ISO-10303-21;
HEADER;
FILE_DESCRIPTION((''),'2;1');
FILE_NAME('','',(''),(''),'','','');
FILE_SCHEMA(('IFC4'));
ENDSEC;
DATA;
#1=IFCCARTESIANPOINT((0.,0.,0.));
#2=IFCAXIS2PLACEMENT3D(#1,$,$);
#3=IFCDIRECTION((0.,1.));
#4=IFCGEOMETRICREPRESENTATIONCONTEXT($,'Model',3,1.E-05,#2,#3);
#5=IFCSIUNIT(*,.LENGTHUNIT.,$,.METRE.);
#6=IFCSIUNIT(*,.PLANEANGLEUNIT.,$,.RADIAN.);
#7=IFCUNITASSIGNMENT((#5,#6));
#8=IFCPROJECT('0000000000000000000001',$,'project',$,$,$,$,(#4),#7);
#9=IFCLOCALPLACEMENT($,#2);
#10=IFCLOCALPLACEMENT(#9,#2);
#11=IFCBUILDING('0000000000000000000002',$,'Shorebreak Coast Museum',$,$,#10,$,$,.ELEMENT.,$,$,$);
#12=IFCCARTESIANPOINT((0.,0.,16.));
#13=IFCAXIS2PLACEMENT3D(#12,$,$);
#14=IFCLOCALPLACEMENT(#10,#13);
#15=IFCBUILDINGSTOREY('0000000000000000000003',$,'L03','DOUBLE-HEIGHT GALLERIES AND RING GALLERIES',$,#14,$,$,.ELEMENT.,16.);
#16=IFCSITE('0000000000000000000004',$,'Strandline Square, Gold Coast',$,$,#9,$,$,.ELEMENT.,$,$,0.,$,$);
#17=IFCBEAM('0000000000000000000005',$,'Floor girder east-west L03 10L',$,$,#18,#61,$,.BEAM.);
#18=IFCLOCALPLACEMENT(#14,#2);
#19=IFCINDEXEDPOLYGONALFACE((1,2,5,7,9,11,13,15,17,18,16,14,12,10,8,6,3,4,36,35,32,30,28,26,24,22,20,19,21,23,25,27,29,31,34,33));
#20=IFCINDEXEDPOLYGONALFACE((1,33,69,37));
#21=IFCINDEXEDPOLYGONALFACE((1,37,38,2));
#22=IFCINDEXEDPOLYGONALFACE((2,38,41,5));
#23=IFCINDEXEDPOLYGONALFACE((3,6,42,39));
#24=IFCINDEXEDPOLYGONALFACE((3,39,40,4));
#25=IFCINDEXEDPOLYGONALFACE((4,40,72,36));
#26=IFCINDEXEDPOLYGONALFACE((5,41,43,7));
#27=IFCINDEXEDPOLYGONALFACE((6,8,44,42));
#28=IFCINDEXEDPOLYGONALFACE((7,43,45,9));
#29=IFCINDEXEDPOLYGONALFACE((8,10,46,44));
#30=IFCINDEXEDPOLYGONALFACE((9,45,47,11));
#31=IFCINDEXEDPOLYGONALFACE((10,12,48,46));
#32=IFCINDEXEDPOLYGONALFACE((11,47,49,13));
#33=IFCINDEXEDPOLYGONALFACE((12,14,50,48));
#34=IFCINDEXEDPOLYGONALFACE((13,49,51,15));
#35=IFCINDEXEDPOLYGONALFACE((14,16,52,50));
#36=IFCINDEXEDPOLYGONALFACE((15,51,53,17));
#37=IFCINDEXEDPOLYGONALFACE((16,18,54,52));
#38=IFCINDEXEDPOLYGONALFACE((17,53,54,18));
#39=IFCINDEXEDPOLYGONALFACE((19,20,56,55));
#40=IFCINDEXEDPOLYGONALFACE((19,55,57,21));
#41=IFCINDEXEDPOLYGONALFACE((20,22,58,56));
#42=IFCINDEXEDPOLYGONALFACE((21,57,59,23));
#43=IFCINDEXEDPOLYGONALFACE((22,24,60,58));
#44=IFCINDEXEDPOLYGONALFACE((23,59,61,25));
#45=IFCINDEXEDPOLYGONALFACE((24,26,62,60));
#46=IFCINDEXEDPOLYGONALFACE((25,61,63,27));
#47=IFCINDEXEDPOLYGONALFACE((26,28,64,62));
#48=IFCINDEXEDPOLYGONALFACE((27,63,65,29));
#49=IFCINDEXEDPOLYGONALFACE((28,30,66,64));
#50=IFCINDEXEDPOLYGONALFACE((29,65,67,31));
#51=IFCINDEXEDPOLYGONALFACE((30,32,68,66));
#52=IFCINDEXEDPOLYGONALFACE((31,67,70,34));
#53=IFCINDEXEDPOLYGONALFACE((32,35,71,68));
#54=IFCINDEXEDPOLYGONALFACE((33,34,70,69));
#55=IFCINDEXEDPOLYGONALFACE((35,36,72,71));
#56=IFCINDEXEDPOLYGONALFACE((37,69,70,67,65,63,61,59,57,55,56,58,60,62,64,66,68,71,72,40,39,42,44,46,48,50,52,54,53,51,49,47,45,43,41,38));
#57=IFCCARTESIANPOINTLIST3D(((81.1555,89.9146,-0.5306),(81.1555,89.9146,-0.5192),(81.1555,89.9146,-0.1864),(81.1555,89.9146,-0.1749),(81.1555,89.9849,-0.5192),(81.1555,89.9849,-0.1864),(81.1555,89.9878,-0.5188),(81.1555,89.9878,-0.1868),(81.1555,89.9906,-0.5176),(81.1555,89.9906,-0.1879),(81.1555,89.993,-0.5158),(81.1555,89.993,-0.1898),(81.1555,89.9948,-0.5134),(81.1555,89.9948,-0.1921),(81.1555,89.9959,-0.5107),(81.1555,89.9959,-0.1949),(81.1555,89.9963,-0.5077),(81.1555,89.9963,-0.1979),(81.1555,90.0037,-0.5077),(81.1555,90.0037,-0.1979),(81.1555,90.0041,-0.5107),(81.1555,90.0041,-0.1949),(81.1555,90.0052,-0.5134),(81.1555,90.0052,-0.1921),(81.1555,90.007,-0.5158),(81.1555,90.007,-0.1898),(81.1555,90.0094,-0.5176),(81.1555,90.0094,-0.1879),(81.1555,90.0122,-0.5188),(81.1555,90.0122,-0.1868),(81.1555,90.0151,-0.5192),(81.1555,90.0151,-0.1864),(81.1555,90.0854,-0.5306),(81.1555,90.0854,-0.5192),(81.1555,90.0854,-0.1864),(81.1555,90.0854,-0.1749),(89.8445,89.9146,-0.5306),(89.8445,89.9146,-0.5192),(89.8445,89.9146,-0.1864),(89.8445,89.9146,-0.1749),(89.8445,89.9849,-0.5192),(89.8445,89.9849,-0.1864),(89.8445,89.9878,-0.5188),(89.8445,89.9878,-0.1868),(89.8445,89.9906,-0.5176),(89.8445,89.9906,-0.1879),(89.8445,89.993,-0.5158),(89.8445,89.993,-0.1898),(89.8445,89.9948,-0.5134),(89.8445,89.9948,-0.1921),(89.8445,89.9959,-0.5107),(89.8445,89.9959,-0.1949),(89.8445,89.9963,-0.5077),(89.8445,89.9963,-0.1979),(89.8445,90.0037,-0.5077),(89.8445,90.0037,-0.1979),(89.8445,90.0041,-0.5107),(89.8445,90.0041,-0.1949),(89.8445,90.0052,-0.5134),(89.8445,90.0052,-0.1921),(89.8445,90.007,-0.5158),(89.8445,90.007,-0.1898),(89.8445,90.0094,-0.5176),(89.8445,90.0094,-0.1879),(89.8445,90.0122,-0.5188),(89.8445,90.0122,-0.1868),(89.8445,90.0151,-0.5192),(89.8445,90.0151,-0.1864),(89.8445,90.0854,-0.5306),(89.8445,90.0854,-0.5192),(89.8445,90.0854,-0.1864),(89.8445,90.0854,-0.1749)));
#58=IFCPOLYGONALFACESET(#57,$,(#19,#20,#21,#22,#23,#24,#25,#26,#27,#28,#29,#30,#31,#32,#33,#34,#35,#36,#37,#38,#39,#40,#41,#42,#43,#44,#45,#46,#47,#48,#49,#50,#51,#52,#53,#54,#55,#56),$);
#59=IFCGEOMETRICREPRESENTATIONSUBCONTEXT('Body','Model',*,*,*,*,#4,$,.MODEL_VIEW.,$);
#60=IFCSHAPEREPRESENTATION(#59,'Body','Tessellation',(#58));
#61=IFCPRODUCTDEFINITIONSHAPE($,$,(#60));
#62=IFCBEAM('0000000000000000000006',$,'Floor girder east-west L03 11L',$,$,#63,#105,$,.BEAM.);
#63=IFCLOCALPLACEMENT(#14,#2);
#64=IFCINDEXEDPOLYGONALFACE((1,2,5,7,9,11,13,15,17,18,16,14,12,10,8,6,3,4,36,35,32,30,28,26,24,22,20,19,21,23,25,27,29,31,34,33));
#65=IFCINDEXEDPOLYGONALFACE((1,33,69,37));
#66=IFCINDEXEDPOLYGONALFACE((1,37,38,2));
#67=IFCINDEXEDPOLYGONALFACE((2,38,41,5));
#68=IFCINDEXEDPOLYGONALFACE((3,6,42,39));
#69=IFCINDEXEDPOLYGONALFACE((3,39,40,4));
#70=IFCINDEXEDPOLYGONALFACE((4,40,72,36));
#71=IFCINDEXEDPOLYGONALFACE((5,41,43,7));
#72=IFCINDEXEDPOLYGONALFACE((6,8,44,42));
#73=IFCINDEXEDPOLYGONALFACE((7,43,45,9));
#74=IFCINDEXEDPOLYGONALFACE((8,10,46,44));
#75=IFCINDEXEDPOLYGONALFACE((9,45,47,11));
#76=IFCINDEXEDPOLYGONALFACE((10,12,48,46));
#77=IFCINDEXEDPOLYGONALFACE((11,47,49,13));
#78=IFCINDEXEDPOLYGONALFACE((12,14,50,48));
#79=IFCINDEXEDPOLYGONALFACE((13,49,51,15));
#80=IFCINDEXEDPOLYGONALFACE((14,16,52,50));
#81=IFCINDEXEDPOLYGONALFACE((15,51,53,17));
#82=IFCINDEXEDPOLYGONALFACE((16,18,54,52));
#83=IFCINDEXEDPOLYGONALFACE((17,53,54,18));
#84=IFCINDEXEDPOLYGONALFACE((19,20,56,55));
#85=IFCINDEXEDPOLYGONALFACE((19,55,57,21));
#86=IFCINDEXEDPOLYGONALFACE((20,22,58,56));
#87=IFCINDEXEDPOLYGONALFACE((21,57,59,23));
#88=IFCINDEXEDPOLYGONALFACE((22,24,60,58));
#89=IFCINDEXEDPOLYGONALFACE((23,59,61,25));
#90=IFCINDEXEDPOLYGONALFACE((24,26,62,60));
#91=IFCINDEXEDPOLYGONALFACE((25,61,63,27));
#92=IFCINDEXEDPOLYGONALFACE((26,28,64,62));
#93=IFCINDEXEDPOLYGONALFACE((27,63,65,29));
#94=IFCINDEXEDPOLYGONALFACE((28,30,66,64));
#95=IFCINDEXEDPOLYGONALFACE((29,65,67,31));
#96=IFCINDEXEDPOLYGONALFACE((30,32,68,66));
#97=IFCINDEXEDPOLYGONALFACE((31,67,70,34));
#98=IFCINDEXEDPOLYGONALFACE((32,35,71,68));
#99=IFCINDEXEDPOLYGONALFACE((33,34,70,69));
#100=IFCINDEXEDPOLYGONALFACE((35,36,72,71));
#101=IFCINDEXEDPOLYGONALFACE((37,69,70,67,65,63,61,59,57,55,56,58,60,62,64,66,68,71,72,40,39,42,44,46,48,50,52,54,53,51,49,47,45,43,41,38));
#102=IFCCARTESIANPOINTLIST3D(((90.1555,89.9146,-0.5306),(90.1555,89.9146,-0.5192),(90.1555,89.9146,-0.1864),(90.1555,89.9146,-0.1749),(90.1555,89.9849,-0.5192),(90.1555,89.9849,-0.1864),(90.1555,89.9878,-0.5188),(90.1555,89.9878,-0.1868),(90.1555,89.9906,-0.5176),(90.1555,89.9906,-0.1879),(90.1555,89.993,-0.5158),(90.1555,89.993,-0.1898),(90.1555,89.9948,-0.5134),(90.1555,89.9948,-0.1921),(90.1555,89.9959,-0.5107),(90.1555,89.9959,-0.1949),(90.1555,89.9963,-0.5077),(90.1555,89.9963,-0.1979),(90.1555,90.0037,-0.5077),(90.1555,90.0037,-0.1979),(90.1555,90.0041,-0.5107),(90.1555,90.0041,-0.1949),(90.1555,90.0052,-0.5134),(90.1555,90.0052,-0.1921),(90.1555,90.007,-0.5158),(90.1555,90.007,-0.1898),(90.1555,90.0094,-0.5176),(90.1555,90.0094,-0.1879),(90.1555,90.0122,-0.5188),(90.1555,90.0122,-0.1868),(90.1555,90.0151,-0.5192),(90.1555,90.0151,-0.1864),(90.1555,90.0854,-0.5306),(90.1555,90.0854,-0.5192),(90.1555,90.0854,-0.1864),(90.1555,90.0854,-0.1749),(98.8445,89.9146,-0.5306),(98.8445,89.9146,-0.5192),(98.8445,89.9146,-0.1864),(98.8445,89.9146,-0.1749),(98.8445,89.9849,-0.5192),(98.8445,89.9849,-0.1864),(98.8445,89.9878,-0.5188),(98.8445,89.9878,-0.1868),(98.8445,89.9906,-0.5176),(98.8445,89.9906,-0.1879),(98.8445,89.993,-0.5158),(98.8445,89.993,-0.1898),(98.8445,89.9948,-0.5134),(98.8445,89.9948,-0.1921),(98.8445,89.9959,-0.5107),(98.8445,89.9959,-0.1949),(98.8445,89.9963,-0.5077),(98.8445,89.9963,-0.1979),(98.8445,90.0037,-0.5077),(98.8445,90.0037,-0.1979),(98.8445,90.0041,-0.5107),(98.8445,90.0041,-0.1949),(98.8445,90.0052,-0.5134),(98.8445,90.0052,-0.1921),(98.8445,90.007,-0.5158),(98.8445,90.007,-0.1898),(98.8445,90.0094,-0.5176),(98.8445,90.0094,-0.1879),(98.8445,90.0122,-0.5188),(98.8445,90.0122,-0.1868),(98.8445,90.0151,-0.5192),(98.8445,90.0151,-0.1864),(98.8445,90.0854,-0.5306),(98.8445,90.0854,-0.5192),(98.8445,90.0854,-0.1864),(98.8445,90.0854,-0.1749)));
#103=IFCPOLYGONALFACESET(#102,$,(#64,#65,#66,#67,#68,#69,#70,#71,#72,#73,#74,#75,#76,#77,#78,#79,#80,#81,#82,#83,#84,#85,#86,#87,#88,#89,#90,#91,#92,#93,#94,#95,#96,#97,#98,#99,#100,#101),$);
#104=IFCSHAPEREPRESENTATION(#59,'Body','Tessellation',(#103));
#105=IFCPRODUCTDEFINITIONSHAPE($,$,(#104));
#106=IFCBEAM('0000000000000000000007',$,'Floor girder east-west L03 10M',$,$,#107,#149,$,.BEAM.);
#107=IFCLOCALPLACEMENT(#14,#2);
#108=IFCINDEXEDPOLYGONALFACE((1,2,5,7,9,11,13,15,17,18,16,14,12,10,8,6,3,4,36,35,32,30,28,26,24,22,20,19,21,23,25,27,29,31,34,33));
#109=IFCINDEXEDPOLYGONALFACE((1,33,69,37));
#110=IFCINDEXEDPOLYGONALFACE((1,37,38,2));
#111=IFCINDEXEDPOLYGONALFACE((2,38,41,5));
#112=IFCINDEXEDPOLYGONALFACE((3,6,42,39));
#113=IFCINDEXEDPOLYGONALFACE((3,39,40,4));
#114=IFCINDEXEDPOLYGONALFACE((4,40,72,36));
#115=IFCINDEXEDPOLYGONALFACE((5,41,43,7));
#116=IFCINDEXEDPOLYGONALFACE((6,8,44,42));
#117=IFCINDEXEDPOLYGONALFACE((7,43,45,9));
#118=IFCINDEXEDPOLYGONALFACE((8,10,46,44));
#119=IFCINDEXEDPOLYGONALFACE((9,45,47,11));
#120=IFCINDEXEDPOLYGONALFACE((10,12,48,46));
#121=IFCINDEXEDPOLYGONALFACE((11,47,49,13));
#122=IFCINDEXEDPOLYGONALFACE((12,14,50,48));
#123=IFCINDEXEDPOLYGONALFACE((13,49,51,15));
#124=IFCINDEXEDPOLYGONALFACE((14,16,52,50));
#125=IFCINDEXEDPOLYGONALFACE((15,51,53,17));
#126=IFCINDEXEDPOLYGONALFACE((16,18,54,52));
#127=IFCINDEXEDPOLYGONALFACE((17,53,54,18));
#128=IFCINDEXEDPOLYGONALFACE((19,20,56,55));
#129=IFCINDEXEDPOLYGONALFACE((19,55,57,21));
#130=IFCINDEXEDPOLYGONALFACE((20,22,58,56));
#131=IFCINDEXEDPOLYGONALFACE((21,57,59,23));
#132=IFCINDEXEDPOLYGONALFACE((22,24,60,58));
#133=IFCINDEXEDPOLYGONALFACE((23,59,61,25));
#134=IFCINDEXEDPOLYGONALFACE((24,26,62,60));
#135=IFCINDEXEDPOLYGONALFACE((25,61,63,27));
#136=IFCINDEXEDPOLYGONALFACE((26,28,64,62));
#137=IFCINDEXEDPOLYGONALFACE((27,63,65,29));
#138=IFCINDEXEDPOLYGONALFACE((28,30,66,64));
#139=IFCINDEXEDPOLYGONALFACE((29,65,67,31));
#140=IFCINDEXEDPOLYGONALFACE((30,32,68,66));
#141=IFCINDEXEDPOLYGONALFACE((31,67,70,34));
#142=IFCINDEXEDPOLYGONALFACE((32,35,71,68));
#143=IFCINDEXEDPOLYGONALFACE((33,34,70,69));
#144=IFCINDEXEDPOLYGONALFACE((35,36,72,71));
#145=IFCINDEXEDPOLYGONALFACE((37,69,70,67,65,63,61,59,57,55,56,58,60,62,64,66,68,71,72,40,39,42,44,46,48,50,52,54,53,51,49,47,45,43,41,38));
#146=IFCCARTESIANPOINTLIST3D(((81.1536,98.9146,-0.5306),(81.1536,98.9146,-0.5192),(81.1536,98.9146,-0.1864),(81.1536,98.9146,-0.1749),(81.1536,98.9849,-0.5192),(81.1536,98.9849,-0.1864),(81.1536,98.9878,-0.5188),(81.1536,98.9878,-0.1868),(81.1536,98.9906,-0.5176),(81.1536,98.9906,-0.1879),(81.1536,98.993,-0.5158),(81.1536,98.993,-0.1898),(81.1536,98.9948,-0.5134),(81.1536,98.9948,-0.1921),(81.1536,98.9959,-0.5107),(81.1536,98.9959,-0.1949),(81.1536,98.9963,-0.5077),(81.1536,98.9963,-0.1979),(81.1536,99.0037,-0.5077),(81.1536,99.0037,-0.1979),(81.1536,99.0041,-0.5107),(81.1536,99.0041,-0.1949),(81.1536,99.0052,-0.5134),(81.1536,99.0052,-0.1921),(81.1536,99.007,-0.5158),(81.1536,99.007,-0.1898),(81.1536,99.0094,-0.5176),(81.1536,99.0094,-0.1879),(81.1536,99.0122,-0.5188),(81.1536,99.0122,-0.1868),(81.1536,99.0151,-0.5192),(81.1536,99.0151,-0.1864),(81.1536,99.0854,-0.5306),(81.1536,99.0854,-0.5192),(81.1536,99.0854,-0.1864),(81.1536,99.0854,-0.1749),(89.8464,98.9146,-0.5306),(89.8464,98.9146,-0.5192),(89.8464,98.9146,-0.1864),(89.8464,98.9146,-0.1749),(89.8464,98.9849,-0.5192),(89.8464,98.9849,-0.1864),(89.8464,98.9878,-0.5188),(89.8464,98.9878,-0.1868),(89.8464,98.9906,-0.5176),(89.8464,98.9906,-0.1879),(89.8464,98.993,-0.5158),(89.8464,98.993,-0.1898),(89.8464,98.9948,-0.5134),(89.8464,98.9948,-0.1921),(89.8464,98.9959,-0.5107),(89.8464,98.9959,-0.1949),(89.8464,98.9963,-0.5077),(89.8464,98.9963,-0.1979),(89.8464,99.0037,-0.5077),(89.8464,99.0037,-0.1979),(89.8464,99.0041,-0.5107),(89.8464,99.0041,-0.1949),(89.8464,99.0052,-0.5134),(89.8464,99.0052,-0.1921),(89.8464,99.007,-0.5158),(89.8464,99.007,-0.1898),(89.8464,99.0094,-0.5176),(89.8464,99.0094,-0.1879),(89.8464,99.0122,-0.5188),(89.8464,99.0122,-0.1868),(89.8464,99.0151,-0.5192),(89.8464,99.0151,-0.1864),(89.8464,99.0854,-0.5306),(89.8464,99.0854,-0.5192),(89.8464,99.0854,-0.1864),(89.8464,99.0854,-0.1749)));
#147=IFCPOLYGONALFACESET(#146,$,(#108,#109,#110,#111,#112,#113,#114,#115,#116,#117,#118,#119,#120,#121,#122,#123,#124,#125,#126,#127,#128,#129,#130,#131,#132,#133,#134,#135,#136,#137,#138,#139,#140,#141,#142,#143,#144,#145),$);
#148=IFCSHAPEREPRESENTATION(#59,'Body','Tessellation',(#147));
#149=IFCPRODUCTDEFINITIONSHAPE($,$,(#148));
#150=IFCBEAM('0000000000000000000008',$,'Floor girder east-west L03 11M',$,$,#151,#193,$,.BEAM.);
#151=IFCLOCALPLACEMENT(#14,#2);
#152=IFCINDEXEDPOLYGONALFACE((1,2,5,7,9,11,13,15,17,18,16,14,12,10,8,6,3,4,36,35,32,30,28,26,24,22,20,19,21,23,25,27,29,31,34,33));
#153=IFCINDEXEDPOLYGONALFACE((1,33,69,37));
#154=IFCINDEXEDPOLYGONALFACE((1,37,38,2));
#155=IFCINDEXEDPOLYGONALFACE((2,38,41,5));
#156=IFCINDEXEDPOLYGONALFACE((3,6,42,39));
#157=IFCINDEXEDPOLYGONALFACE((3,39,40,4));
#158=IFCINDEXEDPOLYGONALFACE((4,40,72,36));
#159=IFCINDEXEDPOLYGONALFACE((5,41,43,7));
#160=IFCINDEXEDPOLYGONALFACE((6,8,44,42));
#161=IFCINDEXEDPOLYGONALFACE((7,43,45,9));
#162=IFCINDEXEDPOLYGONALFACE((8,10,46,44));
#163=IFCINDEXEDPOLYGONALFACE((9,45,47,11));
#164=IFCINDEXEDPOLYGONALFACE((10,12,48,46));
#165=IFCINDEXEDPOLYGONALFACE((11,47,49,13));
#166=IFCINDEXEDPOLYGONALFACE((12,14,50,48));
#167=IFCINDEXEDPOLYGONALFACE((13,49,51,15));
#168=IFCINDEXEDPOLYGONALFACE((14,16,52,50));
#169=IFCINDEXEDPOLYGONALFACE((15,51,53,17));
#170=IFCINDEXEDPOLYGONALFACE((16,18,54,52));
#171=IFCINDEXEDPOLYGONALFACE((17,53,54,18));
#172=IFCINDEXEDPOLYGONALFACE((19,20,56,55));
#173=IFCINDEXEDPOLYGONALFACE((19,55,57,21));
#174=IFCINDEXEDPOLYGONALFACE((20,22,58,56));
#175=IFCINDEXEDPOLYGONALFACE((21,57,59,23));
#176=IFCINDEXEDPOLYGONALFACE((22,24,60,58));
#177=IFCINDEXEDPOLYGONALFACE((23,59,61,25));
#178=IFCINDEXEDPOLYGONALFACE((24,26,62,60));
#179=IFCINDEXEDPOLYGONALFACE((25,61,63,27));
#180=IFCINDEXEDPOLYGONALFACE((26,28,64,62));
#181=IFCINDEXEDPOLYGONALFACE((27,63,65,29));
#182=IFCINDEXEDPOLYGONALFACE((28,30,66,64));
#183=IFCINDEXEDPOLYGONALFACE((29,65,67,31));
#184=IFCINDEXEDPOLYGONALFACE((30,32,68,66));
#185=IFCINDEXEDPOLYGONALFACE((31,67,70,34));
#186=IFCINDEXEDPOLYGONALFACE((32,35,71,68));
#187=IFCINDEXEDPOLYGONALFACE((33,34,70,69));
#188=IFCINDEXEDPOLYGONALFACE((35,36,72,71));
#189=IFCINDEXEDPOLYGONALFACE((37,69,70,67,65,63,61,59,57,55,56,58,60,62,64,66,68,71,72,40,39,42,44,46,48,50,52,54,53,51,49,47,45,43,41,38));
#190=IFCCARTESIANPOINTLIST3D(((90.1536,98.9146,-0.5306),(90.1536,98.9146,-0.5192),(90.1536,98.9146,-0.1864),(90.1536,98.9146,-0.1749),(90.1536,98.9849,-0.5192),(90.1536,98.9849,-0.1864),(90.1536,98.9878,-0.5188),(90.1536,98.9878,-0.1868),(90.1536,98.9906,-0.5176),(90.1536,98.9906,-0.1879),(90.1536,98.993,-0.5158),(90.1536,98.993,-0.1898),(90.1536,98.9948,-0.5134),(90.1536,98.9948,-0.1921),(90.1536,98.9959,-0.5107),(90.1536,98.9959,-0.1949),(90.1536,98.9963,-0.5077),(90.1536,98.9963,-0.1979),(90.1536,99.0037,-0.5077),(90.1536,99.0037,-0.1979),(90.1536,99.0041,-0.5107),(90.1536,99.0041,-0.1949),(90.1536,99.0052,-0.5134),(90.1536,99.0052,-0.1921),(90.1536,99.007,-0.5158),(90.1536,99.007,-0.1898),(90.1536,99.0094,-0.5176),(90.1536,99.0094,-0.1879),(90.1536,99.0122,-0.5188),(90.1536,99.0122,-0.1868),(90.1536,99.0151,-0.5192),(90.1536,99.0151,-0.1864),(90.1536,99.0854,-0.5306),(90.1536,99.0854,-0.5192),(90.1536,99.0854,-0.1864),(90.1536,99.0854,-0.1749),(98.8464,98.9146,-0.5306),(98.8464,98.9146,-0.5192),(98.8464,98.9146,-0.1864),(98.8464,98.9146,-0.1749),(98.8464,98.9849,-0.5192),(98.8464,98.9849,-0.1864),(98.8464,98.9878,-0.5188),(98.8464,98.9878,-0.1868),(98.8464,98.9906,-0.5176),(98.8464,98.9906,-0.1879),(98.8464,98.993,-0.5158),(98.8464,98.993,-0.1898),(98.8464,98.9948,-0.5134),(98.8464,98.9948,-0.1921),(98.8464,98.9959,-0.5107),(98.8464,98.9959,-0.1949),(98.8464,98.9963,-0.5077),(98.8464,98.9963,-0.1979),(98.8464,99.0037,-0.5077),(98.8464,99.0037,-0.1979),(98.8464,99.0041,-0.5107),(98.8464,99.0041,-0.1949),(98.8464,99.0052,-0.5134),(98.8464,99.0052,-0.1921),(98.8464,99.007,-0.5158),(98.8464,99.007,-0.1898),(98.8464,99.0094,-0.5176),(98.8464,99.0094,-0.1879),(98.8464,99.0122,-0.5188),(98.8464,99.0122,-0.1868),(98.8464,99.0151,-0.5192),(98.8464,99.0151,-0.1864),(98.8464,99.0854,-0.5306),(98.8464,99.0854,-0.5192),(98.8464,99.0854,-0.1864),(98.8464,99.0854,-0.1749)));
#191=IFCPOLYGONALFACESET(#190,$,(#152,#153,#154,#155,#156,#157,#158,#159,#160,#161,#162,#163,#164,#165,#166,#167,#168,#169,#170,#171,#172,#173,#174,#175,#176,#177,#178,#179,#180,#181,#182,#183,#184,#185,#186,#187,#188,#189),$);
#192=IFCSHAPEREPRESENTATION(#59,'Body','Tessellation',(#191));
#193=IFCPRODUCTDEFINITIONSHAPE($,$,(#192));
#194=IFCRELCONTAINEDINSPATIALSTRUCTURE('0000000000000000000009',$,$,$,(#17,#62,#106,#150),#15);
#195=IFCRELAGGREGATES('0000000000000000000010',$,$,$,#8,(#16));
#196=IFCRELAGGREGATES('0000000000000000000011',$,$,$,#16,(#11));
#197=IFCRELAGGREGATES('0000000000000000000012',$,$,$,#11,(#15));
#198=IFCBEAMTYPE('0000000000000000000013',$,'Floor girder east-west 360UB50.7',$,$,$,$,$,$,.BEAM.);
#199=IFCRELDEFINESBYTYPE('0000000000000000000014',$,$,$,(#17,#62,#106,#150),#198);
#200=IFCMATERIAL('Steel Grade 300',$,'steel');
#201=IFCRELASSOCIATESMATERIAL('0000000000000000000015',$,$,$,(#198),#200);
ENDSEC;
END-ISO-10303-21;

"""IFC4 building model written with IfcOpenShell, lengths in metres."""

from ifc_helpers import new_model, si_unit, direction, frame, origin, origin_2d, place, context, subcontext, project, spatial, i_section, extrude, material, material_profile, profile_set, type_object, element, save


model = new_model("IFC4")

# Units and contexts
model_context = context("Model", 3, precision=1e-05, world=origin(), true_north=direction((0.0, 1.0)))
body_context = subcontext(model_context, "Body", "Model", "MODEL_VIEW")
ifc_project = project(units=[si_unit("LENGTHUNIT", "METRE"), si_unit("PLANEANGLEUNIT", "RADIAN")], contexts=[model_context])

# Site, building, storey
site_placement = place(None, origin())
site = spatial("IfcSite", under=ifc_project, at=site_placement, Name="Strandline Square, Gold Coast", CompositionType="ELEMENT", RefElevation=0.0)
building_placement = place(site_placement, origin())
building = spatial("IfcBuilding", under=site, at=building_placement, Name="Shorebreak Coast Museum", CompositionType="ELEMENT")
storey_placement = place(building_placement, frame((0.0, 0.0, 16.0)))
storey = spatial("IfcBuildingStorey", under=building, at=storey_placement, Name="L03", Description="DOUBLE-HEIGHT GALLERIES AND RING GALLERIES", CompositionType="ELEMENT", Elevation=16.0)

# Beams
ifc_material_1 = material(Name="Steel Grade 300", Category="steel")
ifc_material_profile_1 = material_profile(ifc_material_1, i_section(OverallWidth=0.1709, OverallDepth=0.3557, WebThickness=0.0073, FlangeThickness=0.0115, FilletRadius=0.0115, at=origin_2d()), Name="360UB50.7")
ifc_profile_set_1 = profile_set([ifc_material_profile_1], Name="Steel Grade 300")
beam_type_1 = type_object("IfcBeamType", Name="Floor girder east-west 360UB50.7", PredefinedType="BEAM", material=ifc_profile_set_1)
for number, where, z_axis, x_axis, name in (
    (1, (81.1555, 90.0, -0.3528), (1.0, 0.0, 0.0), (0.0, 1.0, 0.0), "Floor girder east-west L03 10L"),
    (2, (90.1555, 90.0, -0.3528), (1.0, 0.0, 0.0), (0.0, 1.0, 0.0), "Floor girder east-west L03 11L"),
):
    element("IfcBeam", number, at=place(storey_placement, frame(where, z_axis=z_axis, x_axis=x_axis)), inside=storey, type_object=beam_type_1, Name=name, PredefinedType="BEAM", context=body_context, shape_type="SweptSolid", body=[
        extrude(i_section(OverallWidth=0.1709, OverallDepth=0.3557, WebThickness=0.0073, FlangeThickness=0.0115, FilletRadius=0.0115, at=origin_2d()), origin(), (0.0, 0.0, 1.0), 8.689),
    ])
for number, where, z_axis, x_axis, name in (
    (3, (81.1536, 99.0, -0.3528), (1.0, 0.0, 0.0), (0.0, 1.0, 0.0), "Floor girder east-west L03 10M"),
    (4, (90.1536, 99.0, -0.3528), (1.0, 0.0, 0.0), (0.0, 1.0, 0.0), "Floor girder east-west L03 11M"),
):
    element("IfcBeam", number, at=place(storey_placement, frame(where, z_axis=z_axis, x_axis=x_axis)), inside=storey, type_object=beam_type_1, Name=name, PredefinedType="BEAM", context=body_context, shape_type="SweptSolid", body=[
        extrude(i_section(OverallWidth=0.1709, OverallDepth=0.3557, WebThickness=0.0073, FlangeThickness=0.0115, FilletRadius=0.0115, at=origin_2d()), origin(), (0.0, 0.0, 1.0), 8.6929),
    ])

save(model, "model.ifc")
